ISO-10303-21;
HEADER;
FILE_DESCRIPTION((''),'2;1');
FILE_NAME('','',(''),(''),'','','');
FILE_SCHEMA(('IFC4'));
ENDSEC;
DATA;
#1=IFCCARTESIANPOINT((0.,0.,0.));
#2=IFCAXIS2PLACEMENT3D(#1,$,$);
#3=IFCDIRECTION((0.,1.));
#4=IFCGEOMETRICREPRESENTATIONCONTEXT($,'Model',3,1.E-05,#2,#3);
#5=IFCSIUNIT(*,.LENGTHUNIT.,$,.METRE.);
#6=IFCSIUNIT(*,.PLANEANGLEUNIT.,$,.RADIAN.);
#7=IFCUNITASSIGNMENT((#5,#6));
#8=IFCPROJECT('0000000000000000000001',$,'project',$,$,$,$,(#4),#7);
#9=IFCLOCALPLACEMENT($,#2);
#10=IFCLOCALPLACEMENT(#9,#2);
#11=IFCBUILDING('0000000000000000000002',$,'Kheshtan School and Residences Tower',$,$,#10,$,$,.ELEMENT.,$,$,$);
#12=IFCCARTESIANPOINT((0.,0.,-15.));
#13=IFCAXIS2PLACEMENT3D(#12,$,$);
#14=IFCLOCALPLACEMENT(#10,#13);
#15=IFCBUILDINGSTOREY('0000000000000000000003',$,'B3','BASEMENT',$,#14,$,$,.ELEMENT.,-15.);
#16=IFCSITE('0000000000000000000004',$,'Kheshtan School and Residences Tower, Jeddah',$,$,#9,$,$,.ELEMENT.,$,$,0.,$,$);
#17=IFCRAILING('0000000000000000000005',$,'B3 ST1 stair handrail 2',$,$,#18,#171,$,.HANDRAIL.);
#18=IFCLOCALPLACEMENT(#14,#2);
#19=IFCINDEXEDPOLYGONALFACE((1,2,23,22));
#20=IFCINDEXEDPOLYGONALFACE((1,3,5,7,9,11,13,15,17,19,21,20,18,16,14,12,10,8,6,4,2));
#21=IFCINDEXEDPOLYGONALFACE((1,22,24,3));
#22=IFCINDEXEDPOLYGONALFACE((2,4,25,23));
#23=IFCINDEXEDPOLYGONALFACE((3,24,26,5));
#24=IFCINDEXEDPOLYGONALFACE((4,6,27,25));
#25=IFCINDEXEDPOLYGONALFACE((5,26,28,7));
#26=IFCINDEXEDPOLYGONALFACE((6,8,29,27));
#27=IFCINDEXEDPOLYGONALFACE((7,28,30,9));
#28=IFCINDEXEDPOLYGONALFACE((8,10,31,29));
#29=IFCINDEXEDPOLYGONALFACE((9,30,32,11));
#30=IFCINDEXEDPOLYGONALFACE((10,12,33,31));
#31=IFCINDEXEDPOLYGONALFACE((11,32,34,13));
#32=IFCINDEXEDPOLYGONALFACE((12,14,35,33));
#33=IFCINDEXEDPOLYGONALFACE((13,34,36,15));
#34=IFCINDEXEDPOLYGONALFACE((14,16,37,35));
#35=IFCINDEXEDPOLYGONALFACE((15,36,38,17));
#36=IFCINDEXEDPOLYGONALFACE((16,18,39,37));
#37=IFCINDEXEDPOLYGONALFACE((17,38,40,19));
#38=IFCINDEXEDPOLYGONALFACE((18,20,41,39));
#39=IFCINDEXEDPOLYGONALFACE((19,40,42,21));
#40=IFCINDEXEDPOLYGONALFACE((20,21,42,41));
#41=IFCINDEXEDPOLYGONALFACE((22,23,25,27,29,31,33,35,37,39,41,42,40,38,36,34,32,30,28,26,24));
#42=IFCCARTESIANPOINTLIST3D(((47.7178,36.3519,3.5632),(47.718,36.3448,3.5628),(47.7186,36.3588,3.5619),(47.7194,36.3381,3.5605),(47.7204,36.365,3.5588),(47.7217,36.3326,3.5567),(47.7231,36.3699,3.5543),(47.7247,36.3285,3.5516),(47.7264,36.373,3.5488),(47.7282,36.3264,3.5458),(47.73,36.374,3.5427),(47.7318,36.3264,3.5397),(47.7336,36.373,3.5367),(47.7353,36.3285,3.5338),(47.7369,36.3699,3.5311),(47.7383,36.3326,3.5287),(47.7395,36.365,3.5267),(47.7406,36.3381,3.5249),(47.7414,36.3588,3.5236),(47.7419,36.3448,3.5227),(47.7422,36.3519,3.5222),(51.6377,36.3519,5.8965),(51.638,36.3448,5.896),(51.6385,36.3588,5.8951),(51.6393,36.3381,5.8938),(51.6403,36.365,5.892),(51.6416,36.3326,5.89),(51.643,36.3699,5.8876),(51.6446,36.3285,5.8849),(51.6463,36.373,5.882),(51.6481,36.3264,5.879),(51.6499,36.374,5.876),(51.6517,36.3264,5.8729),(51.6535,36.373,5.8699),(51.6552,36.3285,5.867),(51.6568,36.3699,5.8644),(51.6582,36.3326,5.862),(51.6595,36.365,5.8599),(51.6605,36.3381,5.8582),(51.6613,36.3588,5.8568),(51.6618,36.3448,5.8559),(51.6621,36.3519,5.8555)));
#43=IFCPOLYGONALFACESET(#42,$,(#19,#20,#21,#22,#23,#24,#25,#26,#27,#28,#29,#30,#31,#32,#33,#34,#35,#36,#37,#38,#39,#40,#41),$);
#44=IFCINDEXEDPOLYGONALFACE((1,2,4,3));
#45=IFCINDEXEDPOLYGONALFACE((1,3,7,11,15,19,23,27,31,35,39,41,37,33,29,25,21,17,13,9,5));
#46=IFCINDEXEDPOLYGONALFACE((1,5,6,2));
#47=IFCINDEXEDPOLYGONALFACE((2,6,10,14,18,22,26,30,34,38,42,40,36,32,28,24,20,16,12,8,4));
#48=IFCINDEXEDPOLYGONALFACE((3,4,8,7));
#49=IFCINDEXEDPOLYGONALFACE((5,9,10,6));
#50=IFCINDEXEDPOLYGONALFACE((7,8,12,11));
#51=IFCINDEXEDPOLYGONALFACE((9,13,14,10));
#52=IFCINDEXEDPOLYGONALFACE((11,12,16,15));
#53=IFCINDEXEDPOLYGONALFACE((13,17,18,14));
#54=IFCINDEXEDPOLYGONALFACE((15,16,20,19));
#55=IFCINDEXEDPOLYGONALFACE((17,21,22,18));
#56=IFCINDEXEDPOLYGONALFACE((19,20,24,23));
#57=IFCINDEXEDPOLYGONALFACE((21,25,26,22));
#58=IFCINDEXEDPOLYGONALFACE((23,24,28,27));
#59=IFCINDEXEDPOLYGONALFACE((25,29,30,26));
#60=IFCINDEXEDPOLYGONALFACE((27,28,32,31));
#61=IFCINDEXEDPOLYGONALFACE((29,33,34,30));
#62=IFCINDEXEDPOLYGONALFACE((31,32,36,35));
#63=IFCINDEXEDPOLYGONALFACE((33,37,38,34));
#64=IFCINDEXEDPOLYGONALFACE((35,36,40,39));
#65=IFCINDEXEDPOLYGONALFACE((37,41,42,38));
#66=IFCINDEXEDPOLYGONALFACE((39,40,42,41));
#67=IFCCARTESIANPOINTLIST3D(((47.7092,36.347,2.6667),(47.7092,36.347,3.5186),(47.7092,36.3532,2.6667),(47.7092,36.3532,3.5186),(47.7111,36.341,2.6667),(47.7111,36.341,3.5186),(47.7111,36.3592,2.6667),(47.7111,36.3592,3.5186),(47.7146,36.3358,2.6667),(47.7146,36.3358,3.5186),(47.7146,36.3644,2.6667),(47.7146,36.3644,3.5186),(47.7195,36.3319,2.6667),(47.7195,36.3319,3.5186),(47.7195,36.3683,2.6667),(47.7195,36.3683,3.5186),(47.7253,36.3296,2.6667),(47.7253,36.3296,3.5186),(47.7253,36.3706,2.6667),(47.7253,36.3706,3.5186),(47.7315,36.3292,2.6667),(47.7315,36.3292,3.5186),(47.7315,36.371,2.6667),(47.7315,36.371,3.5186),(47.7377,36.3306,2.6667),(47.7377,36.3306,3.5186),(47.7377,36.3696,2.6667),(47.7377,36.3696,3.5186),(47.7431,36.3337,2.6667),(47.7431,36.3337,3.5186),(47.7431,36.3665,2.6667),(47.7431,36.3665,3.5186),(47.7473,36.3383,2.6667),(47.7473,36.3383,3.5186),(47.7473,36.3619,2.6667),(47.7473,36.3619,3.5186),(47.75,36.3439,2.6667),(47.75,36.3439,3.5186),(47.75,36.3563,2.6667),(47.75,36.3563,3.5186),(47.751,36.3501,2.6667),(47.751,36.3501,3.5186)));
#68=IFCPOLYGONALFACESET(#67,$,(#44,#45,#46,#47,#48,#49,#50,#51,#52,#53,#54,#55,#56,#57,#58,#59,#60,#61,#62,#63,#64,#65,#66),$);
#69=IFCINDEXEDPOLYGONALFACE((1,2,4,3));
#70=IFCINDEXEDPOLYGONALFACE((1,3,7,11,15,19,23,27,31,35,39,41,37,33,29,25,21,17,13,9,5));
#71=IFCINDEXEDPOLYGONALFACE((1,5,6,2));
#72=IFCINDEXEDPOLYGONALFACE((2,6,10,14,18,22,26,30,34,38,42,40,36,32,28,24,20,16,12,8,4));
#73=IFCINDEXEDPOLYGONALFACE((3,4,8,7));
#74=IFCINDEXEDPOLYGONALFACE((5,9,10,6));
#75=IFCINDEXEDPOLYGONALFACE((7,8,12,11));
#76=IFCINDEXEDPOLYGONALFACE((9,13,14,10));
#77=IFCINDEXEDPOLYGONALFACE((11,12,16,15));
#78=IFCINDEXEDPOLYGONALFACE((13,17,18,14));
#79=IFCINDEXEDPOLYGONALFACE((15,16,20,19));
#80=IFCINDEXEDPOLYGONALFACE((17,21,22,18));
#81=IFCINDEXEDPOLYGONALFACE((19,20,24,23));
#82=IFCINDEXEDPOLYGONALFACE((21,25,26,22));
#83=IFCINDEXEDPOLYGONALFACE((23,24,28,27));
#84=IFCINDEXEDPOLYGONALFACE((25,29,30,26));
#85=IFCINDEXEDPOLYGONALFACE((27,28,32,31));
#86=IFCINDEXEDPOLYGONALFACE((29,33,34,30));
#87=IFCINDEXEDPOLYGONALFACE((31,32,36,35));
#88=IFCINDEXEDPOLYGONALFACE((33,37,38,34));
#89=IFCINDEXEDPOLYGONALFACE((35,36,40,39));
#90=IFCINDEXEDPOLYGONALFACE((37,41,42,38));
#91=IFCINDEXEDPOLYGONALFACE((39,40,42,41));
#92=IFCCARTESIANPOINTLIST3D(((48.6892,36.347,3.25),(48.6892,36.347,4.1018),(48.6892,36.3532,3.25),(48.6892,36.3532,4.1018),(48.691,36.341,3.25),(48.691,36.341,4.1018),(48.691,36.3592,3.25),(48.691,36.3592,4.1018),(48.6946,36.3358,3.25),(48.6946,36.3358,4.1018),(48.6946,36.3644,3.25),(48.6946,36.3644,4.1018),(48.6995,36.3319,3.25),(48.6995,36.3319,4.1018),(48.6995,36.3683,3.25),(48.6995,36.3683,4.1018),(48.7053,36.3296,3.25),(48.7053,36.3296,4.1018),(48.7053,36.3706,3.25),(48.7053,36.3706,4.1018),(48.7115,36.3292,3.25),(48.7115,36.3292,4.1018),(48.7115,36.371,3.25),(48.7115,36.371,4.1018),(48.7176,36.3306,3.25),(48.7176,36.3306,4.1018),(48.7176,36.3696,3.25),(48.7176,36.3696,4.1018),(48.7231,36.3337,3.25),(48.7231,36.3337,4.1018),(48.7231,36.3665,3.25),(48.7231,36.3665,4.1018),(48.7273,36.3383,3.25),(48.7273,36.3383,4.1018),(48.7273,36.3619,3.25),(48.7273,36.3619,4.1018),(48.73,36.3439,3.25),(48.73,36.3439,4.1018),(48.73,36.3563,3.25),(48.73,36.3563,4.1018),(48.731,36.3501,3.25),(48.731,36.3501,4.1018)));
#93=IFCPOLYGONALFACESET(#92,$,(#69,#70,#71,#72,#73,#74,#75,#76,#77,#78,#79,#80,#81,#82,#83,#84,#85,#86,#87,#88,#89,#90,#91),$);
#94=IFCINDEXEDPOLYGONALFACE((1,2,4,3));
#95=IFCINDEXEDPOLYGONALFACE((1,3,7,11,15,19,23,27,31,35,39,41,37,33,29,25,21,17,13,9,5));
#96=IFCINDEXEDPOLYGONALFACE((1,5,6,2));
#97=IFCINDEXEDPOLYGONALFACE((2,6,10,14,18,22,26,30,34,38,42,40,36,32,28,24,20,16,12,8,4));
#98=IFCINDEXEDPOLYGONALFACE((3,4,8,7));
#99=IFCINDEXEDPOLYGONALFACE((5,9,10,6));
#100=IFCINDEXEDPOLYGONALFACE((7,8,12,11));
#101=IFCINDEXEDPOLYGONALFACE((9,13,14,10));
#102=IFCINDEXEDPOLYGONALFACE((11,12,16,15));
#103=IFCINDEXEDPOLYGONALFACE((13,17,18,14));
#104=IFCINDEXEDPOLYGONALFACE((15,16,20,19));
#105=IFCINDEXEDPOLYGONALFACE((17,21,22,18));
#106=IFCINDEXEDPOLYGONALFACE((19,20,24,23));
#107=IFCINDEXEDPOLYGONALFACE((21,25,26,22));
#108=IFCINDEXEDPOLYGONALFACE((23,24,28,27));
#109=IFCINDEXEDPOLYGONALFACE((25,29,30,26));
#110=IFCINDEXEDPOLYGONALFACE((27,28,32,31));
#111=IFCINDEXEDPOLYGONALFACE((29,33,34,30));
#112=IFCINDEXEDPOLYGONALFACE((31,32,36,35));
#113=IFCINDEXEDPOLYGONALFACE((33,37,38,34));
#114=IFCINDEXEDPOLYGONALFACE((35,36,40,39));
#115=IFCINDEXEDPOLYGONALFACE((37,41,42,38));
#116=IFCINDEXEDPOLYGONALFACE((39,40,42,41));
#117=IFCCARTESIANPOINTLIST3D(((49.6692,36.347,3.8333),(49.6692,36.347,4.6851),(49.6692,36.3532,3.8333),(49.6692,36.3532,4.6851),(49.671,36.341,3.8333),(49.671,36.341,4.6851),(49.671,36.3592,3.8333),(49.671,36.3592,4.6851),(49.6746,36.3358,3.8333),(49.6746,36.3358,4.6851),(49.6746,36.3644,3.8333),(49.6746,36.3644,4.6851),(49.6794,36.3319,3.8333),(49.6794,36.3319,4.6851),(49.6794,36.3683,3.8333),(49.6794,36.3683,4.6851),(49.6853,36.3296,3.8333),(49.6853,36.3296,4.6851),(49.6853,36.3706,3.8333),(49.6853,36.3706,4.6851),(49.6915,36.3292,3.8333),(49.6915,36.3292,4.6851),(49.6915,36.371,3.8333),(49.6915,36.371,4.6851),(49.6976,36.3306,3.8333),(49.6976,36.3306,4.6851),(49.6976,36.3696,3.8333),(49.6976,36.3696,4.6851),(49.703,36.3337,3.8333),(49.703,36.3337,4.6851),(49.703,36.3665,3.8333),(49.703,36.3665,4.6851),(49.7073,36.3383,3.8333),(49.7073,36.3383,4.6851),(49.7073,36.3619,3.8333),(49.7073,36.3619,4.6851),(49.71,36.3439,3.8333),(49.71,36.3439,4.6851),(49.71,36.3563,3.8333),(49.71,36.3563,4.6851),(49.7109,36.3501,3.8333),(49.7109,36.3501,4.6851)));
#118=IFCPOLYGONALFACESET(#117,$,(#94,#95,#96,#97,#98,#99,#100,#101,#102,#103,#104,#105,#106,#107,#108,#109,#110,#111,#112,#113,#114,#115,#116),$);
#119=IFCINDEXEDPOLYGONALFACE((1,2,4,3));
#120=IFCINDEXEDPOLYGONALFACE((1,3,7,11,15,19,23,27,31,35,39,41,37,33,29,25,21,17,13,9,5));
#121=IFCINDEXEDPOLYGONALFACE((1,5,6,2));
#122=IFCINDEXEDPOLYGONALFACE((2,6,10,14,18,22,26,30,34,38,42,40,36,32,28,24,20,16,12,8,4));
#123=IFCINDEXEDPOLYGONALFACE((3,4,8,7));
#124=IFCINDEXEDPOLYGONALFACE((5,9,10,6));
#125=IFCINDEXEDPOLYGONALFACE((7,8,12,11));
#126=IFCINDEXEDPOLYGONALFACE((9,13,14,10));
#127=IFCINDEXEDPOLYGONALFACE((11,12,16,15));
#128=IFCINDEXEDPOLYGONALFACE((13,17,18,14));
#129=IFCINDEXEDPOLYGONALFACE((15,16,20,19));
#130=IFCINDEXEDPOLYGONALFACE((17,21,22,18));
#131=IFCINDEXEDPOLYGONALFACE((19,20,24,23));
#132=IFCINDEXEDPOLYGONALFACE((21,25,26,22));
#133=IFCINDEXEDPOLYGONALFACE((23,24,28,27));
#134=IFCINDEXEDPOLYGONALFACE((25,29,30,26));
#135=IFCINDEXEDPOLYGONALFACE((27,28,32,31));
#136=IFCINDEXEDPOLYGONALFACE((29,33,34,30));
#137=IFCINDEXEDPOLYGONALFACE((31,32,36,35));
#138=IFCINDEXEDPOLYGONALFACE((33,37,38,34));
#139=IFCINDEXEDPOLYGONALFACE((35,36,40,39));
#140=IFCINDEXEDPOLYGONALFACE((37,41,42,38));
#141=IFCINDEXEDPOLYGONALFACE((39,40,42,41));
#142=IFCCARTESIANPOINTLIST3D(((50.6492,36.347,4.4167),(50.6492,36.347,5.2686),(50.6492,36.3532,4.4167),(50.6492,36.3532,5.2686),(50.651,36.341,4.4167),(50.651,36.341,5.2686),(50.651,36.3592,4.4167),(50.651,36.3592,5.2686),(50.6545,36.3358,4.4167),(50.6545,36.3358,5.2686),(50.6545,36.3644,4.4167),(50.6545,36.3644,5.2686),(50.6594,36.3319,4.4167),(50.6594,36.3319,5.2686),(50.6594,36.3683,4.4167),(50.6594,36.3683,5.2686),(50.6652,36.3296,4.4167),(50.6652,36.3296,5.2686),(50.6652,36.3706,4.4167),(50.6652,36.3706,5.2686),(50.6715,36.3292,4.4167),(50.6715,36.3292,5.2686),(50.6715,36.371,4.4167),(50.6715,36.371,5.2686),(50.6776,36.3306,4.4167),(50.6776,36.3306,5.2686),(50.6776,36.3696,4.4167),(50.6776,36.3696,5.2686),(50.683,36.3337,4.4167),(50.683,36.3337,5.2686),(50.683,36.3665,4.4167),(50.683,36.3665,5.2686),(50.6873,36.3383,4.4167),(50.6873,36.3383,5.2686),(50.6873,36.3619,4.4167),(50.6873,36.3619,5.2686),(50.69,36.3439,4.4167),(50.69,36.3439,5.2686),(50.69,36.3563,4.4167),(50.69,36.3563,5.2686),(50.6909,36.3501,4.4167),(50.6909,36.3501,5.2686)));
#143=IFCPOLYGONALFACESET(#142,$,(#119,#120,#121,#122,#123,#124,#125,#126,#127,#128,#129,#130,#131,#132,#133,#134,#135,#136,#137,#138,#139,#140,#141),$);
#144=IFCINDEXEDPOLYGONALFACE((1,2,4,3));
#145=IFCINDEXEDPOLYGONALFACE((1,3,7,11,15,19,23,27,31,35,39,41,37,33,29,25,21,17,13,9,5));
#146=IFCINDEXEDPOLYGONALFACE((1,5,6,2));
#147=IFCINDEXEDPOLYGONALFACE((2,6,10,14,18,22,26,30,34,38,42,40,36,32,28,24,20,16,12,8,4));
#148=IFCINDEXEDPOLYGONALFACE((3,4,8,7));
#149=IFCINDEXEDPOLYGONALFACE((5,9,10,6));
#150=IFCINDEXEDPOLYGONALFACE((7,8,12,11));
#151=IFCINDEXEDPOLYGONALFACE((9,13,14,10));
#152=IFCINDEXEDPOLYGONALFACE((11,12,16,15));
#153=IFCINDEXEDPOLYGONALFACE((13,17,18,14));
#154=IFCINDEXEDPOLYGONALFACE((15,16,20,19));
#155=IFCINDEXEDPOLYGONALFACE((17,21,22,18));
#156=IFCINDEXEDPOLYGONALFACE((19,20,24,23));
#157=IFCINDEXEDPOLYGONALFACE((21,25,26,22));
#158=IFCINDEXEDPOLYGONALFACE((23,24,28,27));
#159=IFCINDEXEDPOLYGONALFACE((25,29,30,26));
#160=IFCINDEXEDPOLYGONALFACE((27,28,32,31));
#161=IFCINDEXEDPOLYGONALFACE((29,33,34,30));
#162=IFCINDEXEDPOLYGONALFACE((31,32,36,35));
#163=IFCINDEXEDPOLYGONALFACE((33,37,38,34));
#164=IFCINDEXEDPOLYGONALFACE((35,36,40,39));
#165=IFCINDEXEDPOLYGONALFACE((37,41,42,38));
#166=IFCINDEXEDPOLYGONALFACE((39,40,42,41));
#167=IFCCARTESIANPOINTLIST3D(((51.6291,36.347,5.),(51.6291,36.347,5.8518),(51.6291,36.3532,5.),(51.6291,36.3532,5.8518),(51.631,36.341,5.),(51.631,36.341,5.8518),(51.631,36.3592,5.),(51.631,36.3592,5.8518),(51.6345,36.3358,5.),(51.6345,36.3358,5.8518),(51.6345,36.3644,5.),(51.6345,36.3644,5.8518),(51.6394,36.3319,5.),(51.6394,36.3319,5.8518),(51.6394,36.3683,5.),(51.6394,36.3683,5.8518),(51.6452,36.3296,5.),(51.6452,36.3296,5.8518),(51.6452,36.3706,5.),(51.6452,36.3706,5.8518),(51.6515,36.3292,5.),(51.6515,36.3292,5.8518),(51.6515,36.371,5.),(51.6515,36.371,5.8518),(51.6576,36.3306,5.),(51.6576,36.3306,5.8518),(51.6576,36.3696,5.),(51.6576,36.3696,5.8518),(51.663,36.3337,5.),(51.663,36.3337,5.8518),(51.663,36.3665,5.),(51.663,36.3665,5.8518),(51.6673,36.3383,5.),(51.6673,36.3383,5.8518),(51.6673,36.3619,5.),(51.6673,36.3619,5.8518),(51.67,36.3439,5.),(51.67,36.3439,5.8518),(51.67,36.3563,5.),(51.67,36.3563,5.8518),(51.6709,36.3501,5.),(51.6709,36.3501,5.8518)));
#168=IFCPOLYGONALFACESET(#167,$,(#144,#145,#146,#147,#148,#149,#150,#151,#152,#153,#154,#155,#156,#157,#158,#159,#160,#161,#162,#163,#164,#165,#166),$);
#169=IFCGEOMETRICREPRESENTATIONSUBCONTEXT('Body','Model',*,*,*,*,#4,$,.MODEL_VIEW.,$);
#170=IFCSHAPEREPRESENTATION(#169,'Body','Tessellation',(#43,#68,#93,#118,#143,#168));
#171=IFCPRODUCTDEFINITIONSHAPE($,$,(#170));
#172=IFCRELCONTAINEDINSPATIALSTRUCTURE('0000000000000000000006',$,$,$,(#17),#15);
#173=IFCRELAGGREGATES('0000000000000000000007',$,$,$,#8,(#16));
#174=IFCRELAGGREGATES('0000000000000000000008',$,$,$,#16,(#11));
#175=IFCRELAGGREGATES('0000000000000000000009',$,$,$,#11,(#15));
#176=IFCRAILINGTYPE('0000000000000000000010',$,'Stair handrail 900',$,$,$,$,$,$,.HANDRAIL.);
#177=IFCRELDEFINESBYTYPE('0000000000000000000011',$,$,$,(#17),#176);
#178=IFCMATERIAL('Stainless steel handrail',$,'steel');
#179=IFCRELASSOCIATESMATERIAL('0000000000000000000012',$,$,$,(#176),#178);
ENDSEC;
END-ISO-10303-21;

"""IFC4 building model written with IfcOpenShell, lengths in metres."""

from ifc_helpers import new_model, si_unit, direction, frame, origin, origin_2d, place, context, subcontext, project, spatial, circle, extrude, material, type_object, element, save


model = new_model("IFC4")

# Units and contexts
model_context = context("Model", 3, precision=1e-05, world=origin(), true_north=direction((0.0, 1.0)))
body_context = subcontext(model_context, "Body", "Model", "MODEL_VIEW")
ifc_project = project(units=[si_unit("LENGTHUNIT", "METRE"), si_unit("PLANEANGLEUNIT", "RADIAN")], contexts=[model_context])

# Site, building, storey
site_placement = place(None, origin())
site = spatial("IfcSite", under=ifc_project, at=site_placement, Name="Kheshtan School and Residences Tower, Jeddah", CompositionType="ELEMENT", RefElevation=0.0)
building_placement = place(site_placement, origin())
building = spatial("IfcBuilding", under=site, at=building_placement, Name="Kheshtan School and Residences Tower", CompositionType="ELEMENT")
storey_placement = place(building_placement, frame((0.0, 0.0, -15.0)))
storey = spatial("IfcBuildingStorey", under=building, at=storey_placement, Name="B3", Description="BASEMENT", CompositionType="ELEMENT", Elevation=-15.0)

# Railing
ifc_material_1 = material(Name="Stainless steel handrail", Category="steel")
railing_type_1 = type_object("IfcRailingType", Name="Stair handrail 900", PredefinedType="HANDRAIL", material=ifc_material_1)
railing_1_placement = place(storey_placement, frame((47.73, 36.3501, 2.6667)))
element("IfcRailing", 1, at=railing_1_placement, inside=storey, type_object=railing_type_1, Name="B3 ST1 stair handrail 2", PredefinedType="HANDRAIL", context=body_context, shape_type="SweptSolid", body=[
    extrude(circle(Radius=0.0239, at=origin_2d()), frame((0.0, 0.0, 0.876), z_axis=(0.859296, 0.0, 0.511478), x_axis=(0.0, 1.0, 0.0)), (0.0, 0.0, 1.0), 4.5618),
    extrude(circle(Radius=0.021, at=origin_2d()), origin(), (0.0, 0.0, 1.0), 0.8518),
    extrude(circle(Radius=0.021, at=origin_2d()), frame((0.98, 0.0, 0.5833)), (0.0, 0.0, 1.0), 0.8518),
    extrude(circle(Radius=0.021, at=origin_2d()), frame((1.96, 0.0, 1.1665)), (0.0, 0.0, 1.0), 0.8518),
    extrude(circle(Radius=0.021, at=origin_2d()), frame((2.9399, 0.0, 1.75)), (0.0, 0.0, 1.0), 0.8518),
    extrude(circle(Radius=0.021, at=origin_2d()), frame((3.9199, 0.0, 2.3333)), (0.0, 0.0, 1.0), 0.8518),
])

save(model, "model.ifc")
